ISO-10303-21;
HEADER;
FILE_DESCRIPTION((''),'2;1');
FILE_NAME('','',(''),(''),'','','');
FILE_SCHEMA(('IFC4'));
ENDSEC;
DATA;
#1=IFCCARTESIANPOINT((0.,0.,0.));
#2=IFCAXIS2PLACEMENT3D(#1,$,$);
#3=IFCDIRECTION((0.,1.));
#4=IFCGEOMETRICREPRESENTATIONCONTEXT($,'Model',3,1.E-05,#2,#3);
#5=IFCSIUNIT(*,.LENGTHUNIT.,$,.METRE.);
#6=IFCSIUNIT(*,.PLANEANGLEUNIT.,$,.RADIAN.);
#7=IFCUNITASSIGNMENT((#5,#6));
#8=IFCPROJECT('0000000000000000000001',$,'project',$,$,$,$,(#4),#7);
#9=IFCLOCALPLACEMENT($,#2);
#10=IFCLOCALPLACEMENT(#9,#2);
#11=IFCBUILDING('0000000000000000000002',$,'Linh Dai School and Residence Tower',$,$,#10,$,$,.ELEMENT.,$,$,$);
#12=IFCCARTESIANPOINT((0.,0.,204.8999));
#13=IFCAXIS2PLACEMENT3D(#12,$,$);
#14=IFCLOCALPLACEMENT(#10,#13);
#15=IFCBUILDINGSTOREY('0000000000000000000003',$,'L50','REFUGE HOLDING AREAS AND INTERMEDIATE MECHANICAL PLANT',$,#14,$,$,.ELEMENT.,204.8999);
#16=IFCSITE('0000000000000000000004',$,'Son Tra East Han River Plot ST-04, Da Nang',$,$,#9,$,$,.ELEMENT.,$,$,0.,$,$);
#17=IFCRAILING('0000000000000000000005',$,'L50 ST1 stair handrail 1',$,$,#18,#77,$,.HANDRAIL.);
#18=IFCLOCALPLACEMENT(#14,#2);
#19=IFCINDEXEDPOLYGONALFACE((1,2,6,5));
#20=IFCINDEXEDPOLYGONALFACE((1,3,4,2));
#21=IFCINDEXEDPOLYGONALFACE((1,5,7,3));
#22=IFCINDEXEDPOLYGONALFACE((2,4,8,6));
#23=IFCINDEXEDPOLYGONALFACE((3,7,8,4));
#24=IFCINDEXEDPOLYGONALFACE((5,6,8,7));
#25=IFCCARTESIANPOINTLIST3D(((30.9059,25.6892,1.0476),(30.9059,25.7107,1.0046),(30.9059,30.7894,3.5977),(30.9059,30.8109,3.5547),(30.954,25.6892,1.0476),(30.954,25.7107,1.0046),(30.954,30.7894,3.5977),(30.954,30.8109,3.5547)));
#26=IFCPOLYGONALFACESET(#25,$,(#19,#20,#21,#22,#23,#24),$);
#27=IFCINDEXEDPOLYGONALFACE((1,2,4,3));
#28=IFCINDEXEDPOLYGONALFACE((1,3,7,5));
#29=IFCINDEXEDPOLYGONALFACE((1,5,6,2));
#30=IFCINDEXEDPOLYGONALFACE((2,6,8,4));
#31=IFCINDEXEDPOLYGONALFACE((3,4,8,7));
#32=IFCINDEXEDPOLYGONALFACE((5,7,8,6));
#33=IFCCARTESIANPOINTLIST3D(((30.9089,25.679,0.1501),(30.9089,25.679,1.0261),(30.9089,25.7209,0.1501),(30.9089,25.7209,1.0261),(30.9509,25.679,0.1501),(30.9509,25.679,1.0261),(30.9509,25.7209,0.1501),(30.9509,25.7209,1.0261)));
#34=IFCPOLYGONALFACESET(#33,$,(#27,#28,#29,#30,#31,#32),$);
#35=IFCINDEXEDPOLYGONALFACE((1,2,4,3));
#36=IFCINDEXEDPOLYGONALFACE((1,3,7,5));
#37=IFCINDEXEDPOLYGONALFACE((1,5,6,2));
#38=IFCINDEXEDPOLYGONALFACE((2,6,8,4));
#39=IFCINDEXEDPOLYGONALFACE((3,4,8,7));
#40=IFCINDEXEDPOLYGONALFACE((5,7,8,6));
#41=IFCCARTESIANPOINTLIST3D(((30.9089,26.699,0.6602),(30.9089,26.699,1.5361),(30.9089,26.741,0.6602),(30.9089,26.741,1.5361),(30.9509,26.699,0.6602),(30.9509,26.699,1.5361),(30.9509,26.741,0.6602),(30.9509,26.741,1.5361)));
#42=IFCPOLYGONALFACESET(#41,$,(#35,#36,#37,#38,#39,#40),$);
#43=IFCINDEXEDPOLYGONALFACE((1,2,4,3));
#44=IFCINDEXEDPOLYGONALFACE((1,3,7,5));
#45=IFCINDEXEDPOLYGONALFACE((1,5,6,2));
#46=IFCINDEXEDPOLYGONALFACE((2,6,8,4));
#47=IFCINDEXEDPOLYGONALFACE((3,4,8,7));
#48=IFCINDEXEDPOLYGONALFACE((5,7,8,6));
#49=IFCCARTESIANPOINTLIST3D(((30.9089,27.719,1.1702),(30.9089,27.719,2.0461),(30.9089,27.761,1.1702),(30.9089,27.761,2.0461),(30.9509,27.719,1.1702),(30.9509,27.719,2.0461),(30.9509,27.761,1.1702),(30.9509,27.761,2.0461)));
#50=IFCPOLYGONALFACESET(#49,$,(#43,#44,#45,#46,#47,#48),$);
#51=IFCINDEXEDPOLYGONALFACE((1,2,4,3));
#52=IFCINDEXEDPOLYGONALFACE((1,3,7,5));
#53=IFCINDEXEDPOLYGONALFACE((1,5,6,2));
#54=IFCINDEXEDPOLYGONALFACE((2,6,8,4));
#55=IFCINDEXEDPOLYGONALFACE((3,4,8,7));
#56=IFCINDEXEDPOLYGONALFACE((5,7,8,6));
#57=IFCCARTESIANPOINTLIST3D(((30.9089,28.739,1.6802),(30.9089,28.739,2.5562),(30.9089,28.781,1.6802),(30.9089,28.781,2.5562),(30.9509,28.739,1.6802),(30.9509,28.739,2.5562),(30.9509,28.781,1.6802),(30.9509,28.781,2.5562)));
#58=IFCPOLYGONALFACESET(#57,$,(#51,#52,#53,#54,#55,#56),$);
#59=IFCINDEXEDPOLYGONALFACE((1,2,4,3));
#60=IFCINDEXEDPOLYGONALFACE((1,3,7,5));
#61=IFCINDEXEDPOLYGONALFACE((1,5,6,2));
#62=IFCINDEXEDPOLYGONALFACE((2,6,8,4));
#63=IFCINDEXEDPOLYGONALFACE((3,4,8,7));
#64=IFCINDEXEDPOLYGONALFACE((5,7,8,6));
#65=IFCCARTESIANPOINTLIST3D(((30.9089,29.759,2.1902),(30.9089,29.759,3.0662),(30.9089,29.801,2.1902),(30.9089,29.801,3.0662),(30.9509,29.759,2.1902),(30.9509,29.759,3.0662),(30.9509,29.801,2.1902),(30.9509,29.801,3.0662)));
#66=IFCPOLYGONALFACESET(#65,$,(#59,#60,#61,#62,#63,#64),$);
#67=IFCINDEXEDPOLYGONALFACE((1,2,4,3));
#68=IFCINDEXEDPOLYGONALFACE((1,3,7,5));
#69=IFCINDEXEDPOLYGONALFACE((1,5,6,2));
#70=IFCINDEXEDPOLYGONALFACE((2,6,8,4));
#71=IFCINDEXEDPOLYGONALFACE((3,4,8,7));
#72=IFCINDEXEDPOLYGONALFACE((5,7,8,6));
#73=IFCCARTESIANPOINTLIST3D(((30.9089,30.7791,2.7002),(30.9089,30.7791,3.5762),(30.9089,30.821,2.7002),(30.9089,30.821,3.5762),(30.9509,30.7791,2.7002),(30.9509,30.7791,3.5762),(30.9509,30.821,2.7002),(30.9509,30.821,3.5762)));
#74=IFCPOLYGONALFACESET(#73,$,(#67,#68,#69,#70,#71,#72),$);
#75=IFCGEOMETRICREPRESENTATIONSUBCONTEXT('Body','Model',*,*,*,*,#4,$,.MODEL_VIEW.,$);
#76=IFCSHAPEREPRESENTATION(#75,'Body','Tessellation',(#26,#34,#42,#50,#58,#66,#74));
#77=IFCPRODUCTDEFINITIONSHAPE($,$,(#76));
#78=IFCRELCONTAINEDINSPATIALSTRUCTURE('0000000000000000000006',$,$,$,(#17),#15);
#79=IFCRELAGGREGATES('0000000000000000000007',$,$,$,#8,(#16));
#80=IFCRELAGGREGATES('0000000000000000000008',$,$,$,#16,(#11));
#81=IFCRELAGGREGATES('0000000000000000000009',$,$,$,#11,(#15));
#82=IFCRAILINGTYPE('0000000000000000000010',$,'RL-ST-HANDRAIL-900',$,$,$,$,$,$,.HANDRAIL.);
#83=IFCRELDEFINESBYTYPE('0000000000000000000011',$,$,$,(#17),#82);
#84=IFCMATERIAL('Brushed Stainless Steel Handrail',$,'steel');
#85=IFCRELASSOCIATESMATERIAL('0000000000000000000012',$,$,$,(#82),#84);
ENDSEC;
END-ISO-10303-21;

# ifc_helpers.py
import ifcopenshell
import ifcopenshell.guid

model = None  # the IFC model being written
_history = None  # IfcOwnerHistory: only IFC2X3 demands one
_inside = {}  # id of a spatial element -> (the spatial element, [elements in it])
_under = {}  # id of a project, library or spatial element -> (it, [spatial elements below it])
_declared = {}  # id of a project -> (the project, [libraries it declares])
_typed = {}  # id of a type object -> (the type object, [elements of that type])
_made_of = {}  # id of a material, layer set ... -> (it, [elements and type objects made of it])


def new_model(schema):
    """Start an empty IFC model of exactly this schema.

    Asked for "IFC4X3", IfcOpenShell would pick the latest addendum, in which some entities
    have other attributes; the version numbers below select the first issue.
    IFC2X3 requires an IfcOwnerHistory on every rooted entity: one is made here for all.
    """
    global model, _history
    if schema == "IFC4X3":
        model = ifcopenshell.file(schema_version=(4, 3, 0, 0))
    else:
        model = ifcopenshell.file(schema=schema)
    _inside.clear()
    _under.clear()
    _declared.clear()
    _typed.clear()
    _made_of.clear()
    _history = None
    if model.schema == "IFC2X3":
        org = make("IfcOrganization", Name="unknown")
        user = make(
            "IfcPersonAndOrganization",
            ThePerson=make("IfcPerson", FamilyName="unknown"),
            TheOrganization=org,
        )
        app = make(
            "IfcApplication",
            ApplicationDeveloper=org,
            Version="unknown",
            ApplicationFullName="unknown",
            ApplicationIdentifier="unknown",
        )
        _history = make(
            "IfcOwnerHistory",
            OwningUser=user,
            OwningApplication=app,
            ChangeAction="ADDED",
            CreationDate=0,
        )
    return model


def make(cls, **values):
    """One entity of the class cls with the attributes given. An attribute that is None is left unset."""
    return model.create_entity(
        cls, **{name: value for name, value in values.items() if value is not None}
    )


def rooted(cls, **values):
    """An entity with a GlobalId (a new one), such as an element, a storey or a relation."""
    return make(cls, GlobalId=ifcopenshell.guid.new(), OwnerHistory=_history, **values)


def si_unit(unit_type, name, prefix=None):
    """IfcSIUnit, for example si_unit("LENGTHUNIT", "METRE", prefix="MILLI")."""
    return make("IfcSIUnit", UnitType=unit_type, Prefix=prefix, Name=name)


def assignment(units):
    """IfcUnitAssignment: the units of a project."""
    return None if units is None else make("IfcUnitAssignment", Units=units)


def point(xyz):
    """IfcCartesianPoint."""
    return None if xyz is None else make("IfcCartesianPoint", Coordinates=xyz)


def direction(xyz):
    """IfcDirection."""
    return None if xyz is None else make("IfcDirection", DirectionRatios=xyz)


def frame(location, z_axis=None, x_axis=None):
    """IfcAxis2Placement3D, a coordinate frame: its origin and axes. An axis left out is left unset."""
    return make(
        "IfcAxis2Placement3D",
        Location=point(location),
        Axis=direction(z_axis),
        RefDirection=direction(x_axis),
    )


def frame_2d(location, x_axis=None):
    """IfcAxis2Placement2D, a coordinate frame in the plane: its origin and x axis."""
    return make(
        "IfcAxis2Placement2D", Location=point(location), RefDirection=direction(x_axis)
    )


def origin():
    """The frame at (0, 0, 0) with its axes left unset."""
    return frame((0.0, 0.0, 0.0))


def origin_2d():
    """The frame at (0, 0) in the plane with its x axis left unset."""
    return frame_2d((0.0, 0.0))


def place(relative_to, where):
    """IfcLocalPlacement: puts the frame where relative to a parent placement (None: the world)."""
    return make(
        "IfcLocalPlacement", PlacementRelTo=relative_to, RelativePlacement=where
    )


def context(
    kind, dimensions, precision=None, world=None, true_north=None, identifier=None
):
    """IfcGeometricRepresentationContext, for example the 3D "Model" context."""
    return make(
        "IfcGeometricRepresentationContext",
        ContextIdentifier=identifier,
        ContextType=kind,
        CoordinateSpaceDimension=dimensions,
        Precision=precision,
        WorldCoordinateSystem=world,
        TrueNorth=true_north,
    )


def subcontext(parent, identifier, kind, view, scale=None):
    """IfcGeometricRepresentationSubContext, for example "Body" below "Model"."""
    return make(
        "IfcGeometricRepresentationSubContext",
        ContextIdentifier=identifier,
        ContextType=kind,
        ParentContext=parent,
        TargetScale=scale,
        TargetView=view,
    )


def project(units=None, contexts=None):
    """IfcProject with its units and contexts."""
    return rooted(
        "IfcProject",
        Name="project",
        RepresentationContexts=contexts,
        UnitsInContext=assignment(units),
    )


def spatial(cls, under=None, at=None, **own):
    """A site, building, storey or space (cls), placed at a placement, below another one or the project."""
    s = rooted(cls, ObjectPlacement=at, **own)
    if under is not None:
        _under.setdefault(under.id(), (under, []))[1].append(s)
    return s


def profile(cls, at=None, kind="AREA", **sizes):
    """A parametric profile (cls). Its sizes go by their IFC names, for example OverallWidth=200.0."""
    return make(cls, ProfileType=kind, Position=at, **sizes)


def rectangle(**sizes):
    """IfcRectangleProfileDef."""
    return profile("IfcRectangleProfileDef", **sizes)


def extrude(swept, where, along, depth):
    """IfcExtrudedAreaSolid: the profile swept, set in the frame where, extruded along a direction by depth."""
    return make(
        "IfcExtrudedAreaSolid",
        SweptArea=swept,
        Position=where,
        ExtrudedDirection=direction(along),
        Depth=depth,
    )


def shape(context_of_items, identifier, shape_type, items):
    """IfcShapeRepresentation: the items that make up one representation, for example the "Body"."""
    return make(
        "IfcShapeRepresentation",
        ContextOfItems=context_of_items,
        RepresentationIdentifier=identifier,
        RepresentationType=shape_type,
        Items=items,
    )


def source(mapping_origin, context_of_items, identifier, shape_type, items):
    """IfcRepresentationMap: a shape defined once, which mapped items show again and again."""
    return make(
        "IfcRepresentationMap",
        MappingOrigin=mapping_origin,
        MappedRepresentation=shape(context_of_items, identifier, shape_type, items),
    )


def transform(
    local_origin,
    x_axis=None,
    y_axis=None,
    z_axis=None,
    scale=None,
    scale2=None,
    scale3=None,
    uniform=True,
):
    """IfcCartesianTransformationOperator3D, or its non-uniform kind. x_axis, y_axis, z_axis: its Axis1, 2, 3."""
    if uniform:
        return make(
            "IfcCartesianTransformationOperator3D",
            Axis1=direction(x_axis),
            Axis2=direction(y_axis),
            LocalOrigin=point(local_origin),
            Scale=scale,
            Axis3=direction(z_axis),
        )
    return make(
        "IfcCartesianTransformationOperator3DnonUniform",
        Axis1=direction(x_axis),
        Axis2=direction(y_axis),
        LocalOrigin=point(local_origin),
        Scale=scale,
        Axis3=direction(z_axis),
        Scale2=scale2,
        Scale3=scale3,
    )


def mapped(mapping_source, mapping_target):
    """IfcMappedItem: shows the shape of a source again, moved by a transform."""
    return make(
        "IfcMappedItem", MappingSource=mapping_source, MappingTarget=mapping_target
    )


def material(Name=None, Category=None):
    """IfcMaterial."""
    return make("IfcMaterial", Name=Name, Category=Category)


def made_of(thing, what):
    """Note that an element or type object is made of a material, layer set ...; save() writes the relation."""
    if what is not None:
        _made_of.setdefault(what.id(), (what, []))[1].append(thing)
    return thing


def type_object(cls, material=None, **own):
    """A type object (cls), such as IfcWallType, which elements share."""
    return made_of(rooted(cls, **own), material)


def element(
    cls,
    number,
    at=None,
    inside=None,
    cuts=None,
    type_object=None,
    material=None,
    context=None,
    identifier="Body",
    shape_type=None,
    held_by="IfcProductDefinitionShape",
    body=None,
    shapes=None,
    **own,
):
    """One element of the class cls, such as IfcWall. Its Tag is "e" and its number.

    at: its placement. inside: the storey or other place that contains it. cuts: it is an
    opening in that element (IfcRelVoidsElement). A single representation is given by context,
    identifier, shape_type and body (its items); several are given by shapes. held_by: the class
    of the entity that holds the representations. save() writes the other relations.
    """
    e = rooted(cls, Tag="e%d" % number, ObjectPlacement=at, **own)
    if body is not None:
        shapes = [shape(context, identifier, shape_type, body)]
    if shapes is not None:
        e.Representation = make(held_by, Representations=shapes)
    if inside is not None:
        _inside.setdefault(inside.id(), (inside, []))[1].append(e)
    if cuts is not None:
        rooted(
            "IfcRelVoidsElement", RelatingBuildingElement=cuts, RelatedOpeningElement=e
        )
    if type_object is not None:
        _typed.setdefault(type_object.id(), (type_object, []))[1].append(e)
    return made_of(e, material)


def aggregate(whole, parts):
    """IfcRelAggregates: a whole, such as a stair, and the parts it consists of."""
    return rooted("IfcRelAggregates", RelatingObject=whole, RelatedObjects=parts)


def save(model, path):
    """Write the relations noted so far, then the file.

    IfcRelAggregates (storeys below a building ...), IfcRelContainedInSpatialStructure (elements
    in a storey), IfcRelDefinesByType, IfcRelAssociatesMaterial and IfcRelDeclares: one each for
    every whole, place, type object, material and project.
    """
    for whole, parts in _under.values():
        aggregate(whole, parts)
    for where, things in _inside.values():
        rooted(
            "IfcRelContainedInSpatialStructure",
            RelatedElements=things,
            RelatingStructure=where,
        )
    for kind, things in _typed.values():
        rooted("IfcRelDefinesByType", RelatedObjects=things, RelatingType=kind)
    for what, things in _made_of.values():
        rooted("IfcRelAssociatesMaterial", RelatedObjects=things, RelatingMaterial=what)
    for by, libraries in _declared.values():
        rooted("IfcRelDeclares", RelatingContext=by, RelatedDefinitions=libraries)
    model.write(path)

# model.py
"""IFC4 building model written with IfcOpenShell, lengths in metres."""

from ifc_helpers import new_model, si_unit, direction, frame, origin, origin_2d, place, context, subcontext, project, spatial, rectangle, extrude, source, transform, mapped, material, type_object, element, save


model = new_model("IFC4")

# Units and contexts
model_context = context("Model", 3, precision=1e-05, world=origin(), true_north=direction((0.0, 1.0)))
body_context = subcontext(model_context, "Body", "Model", "MODEL_VIEW")
ifc_project = project(units=[si_unit("LENGTHUNIT", "METRE"), si_unit("PLANEANGLEUNIT", "RADIAN")], contexts=[model_context])

# Site, building, storey
site_placement = place(None, origin())
site = spatial("IfcSite", under=ifc_project, at=site_placement, Name="Son Tra East Han River Plot ST-04, Da Nang", CompositionType="ELEMENT", RefElevation=0.0)
building_placement = place(site_placement, origin())
building = spatial("IfcBuilding", under=site, at=building_placement, Name="Linh Dai School and Residence Tower", CompositionType="ELEMENT")
storey_placement = place(building_placement, frame((0.0, 0.0, 204.8999)))
storey = spatial("IfcBuildingStorey", under=building, at=storey_placement, Name="L50", Description="REFUGE HOLDING AREAS AND INTERMEDIATE MECHANICAL PLANT", CompositionType="ELEMENT", Elevation=204.8999)

# Railing
ifc_material_1 = material(Name="Brushed Stainless Steel Handrail", Category="steel")
railing_type_1 = type_object("IfcRailingType", Name="RL-ST-HANDRAIL-900", PredefinedType="HANDRAIL", material=ifc_material_1)
shared_shape_1 = source(origin(), body_context, "Body", "SweptSolid", [
    extrude(rectangle(XDim=0.0481, YDim=0.0481, at=origin_2d()), frame((0.0, 0.0, 0.876), z_axis=(0.0, 0.894427, 0.447214), x_axis=(-1.0, 0.0, 0.0)), (0.0, 0.0, 1.0), 5.7021),
    extrude(rectangle(XDim=0.042, YDim=0.042, at=origin_2d()), origin(), (0.0, 0.0, 1.0), 0.876),
    extrude(rectangle(XDim=0.042, YDim=0.042, at=origin_2d()), frame((0.0, 1.02, 0.51)), (0.0, 0.0, 1.0), 0.876),
    extrude(rectangle(XDim=0.042, YDim=0.042, at=origin_2d()), frame((0.0, 2.04, 1.02)), (0.0, 0.0, 1.0), 0.876),
    extrude(rectangle(XDim=0.042, YDim=0.042, at=origin_2d()), frame((0.0, 3.0601, 1.53)), (0.0, 0.0, 1.0), 0.876),
    extrude(rectangle(XDim=0.042, YDim=0.042, at=origin_2d()), frame((0.0, 4.0801, 2.04)), (0.0, 0.0, 1.0), 0.876),
    extrude(rectangle(XDim=0.042, YDim=0.042, at=origin_2d()), frame((0.0, 5.1001, 2.55)), (0.0, 0.0, 1.0), 0.876),
])
railing_1_placement = place(storey_placement, frame((30.9299, 25.7, 0.1501)))
element("IfcRailing", 1, at=railing_1_placement, inside=storey, type_object=railing_type_1, Name="L50 ST1 stair handrail 1", PredefinedType="HANDRAIL", context=body_context, shape_type="MappedRepresentation", body=[
    mapped(shared_shape_1, transform((0.0, 0.0, 0.0), x_axis=(1.0, 0.0, 0.0), y_axis=(0.0, 1.0, 0.0), z_axis=(0.0, 0.0, 1.0), scale=1.0)),
])

save(model, "model.ifc")
